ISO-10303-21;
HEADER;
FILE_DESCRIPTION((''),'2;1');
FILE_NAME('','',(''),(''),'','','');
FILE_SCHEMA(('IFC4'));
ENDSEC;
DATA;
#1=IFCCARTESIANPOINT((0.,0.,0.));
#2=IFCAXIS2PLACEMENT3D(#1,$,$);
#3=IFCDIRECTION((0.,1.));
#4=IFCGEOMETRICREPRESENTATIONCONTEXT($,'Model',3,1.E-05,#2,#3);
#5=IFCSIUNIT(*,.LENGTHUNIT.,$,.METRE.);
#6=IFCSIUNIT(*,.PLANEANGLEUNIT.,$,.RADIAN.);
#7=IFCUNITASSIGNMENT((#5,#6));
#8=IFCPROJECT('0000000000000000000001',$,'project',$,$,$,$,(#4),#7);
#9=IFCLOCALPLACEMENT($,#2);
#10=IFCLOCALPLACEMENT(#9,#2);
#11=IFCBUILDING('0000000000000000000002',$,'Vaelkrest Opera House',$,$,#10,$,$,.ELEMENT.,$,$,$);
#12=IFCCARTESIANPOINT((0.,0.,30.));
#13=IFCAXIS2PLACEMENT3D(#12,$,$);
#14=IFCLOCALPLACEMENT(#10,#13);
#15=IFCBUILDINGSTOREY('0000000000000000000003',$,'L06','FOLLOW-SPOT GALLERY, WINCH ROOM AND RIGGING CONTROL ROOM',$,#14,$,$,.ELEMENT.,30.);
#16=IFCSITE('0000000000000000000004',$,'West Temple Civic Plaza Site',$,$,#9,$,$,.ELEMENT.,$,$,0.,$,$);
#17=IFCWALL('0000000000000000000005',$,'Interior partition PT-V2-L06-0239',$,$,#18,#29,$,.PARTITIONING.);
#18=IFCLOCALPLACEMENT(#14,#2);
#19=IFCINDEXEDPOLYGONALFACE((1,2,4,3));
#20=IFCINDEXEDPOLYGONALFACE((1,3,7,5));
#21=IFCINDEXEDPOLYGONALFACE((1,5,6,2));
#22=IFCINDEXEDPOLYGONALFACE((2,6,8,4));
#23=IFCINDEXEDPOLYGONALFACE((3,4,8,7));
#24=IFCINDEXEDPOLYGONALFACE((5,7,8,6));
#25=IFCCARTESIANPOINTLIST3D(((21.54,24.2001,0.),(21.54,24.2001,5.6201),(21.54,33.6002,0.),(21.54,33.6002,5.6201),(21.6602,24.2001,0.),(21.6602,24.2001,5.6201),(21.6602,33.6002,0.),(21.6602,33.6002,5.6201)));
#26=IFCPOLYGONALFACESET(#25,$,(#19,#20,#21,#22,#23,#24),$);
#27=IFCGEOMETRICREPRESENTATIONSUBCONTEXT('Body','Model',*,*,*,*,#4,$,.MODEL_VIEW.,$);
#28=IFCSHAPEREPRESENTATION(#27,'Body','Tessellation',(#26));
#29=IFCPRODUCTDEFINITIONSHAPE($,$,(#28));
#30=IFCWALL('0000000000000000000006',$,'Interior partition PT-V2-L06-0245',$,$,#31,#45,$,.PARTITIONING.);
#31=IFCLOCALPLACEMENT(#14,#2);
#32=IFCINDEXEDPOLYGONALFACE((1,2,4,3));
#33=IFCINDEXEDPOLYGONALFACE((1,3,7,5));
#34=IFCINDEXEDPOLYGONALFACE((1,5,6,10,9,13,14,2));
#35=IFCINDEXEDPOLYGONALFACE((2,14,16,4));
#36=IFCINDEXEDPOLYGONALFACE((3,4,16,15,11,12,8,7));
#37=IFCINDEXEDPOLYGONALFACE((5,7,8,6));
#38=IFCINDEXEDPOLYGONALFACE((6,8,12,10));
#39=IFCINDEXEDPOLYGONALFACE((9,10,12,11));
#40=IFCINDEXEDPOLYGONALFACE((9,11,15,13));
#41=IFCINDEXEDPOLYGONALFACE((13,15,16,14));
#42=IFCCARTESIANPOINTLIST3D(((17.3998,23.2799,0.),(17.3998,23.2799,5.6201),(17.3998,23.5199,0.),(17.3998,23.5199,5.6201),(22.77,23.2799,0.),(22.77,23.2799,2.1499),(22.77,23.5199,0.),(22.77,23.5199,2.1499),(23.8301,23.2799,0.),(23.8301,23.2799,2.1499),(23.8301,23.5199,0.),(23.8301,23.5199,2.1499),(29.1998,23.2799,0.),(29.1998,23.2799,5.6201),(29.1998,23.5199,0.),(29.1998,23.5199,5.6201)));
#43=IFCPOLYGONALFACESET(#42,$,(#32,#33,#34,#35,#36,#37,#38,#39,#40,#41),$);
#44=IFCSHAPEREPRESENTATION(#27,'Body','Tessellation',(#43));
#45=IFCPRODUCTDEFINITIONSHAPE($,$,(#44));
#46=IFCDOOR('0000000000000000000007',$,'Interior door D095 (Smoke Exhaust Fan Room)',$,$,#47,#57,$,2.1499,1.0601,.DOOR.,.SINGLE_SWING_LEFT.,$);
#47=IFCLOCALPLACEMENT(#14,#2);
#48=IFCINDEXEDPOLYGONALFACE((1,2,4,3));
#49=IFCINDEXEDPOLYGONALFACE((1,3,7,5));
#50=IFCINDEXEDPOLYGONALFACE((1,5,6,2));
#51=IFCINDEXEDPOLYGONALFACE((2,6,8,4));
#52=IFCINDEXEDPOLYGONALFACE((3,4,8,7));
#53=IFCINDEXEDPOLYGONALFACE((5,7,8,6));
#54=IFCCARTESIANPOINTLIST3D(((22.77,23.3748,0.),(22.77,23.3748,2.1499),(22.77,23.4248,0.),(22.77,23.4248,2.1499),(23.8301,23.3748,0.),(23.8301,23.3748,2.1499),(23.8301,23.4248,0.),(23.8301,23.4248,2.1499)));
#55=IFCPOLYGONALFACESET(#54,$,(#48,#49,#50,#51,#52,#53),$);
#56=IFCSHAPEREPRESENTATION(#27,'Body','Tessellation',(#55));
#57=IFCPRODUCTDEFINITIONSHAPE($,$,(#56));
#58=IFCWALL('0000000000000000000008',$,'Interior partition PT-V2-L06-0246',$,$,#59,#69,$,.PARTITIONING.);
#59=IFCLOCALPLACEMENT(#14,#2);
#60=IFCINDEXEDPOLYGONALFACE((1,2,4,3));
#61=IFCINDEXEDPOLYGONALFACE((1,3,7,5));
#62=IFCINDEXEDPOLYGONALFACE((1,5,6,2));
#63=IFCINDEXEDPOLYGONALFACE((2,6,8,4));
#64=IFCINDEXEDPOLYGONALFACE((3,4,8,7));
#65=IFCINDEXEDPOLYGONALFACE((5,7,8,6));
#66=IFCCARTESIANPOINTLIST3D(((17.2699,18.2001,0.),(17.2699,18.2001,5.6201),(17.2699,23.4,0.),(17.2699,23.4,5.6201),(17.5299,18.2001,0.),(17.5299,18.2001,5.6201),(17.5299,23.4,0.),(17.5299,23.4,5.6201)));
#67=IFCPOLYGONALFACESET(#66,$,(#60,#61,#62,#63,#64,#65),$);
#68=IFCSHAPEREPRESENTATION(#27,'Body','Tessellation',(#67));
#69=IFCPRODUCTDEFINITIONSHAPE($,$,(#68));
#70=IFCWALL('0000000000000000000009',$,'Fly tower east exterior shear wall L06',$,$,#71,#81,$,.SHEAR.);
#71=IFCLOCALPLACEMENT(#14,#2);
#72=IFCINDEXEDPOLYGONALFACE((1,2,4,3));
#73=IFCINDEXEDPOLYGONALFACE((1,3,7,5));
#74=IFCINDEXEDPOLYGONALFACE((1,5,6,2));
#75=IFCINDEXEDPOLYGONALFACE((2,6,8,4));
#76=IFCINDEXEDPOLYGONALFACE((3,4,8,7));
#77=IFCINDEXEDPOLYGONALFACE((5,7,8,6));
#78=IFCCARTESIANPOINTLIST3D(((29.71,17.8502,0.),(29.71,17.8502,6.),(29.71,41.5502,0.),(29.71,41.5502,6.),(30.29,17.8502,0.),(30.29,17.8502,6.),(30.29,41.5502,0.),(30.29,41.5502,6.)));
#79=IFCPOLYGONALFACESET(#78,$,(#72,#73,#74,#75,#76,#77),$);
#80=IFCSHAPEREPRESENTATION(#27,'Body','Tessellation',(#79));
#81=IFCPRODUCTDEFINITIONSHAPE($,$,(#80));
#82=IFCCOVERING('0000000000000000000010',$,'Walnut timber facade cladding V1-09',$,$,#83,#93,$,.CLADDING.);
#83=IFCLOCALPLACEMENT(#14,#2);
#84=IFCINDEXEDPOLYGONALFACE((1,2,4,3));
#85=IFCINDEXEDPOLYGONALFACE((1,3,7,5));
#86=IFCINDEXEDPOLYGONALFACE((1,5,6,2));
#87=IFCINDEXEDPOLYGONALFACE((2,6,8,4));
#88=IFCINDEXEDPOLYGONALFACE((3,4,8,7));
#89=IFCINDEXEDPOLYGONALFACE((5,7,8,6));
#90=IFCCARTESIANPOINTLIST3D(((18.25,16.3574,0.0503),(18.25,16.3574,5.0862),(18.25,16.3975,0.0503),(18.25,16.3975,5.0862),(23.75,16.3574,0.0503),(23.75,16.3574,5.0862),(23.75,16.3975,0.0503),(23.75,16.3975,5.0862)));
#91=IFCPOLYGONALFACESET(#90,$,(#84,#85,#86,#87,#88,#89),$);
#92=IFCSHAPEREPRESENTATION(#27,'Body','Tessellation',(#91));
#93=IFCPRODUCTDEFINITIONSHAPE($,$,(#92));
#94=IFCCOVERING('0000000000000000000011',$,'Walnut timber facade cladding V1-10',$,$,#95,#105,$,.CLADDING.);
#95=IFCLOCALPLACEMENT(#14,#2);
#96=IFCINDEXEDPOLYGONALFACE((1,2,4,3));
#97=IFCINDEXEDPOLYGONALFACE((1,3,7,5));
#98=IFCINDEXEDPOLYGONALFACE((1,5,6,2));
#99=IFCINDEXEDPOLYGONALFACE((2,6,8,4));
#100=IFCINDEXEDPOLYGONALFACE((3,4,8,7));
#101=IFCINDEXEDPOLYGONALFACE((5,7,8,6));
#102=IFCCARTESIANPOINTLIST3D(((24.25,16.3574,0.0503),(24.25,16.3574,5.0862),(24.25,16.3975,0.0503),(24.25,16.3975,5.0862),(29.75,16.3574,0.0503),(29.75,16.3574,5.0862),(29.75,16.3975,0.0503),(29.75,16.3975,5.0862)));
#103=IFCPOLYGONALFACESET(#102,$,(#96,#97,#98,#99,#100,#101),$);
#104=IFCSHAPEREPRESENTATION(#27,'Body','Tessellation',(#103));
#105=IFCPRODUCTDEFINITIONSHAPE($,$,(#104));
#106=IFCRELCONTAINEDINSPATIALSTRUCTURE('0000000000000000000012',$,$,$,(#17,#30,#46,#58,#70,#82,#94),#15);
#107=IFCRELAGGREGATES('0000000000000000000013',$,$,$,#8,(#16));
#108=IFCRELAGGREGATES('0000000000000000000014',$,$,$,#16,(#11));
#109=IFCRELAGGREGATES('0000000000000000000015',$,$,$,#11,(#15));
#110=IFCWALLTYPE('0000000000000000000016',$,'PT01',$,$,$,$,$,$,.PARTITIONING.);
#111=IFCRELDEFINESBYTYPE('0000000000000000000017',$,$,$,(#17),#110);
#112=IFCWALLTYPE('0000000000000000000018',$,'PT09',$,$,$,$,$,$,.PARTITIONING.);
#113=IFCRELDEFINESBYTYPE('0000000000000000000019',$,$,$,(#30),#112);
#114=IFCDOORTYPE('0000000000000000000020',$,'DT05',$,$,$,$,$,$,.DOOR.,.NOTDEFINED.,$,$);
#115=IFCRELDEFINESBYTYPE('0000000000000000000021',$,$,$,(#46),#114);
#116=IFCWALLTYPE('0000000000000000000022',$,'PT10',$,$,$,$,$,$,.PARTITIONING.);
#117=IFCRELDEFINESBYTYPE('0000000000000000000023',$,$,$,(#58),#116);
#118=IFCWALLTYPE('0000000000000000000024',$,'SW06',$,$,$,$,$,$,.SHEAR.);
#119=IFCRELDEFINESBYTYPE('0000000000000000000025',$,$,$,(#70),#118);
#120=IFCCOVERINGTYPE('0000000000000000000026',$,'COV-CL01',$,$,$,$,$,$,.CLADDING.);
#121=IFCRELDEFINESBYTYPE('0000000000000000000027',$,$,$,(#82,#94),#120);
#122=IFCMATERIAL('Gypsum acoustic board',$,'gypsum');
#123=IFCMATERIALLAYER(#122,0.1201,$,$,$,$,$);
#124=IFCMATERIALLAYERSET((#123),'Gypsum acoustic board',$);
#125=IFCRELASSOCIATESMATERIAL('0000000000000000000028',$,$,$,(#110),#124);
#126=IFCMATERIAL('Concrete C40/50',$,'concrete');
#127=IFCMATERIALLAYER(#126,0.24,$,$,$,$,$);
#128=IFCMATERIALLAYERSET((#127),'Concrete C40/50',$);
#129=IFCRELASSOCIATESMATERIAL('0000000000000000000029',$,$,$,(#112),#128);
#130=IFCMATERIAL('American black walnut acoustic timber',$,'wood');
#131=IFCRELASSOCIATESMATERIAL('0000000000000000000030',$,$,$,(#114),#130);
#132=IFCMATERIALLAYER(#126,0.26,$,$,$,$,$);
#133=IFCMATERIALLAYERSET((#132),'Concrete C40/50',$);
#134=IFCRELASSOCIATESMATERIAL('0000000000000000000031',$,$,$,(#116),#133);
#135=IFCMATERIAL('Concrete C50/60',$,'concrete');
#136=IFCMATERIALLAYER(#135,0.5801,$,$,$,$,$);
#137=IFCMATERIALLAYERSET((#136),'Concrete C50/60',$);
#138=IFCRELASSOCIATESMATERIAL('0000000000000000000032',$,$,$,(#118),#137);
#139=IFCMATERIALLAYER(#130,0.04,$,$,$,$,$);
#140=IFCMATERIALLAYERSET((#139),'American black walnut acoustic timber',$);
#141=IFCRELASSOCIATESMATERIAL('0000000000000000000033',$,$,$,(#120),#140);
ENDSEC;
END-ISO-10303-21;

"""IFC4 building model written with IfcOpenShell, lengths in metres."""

from ifc_helpers import new_model, si_unit, direction, frame, frame_2d, origin, origin_2d, place, context, subcontext, project, spatial, rectangle, extrude, material, layer, layer_set, type_object, element, fill, save


model = new_model("IFC4")

# Units and contexts
model_context = context("Model", 3, precision=1e-05, world=origin(), true_north=direction((0.0, 1.0)))
body_context = subcontext(model_context, "Body", "Model", "MODEL_VIEW")
ifc_project = project(units=[si_unit("LENGTHUNIT", "METRE"), si_unit("PLANEANGLEUNIT", "RADIAN")], contexts=[model_context])

# Site, building, storey
site_placement = place(None, origin())
site = spatial("IfcSite", under=ifc_project, at=site_placement, Name="West Temple Civic Plaza Site", CompositionType="ELEMENT", RefElevation=0.0)
building_placement = place(site_placement, origin())
building = spatial("IfcBuilding", under=site, at=building_placement, Name="Vaelkrest Opera House", CompositionType="ELEMENT")
storey_placement = place(building_placement, frame((0.0, 0.0, 30.0)))
storey = spatial("IfcBuildingStorey", under=building, at=storey_placement, Name="L06", Description="FOLLOW-SPOT GALLERY, WINCH ROOM AND RIGGING CONTROL ROOM", CompositionType="ELEMENT", Elevation=30.0)

# Shared definitions
ifc_material_1 = material(Name="Concrete C50/60", Category="concrete")

# Wall
ifc_material_2 = material(Name="American black walnut acoustic timber", Category="wood")
ifc_material_3 = material(Name="Gypsum acoustic board", Category="gypsum")
ifc_layer_1 = layer(ifc_material_3, 0.1201)
ifc_layer_set_1 = layer_set([ifc_layer_1], Name="Gypsum acoustic board")
wall_type_1 = type_object("IfcWallType", Name="PT01", PredefinedType="PARTITIONING", material=ifc_layer_set_1)
wall_1_placement = place(storey_placement, frame((21.6001, 24.2, 0.0), z_axis=(0.0, 0.0, 1.0), x_axis=(0.0, 1.0, 0.0)))
element("IfcWall", 1, at=wall_1_placement, inside=storey, type_object=wall_type_1, Name="Interior partition PT-V2-L06-0239", PredefinedType="PARTITIONING", context=body_context, shape_type="SweptSolid", body=[
    extrude(rectangle(XDim=9.4001, YDim=0.1201, at=frame_2d((4.7002, 0.0))), origin(), (0.0, 0.0, 1.0), 5.6201),
])

# Wall, opening, door
ifc_material_4 = material(Name="Concrete C40/50", Category="concrete")
ifc_layer_2 = layer(ifc_material_4, 0.24)
ifc_layer_set_2 = layer_set([ifc_layer_2], Name="Concrete C40/50")
wall_type_2 = type_object("IfcWallType", Name="PT09", PredefinedType="PARTITIONING", material=ifc_layer_set_2)
wall_2_placement = place(storey_placement, frame((17.3999, 23.3999, 0.0), z_axis=(0.0, 0.0, 1.0), x_axis=(1.0, 0.0, 0.0)))
wall_2 = element("IfcWall", 2, at=wall_2_placement, inside=storey, type_object=wall_type_2, Name="Interior partition PT-V2-L06-0245", PredefinedType="PARTITIONING", context=body_context, shape_type="SweptSolid", body=[
    extrude(rectangle(XDim=11.8, YDim=0.24, at=frame_2d((5.8999, 0.0))), origin(), (0.0, 0.0, 1.0), 5.6201),
])
opening_placement = place(wall_2_placement, frame((5.3701, 0.0, 0.0)))
opening = element("IfcOpeningElement", 3, at=opening_placement, cuts=wall_2, PredefinedType="OPENING", context=body_context, shape_type="SweptSolid", body=[
    extrude(rectangle(XDim=1.0601, YDim=2.1499, at=frame_2d((0.53, 1.075))), frame((0.0, 0.1299, 0.0), z_axis=(0.0, -1.0, 0.0), x_axis=(1.0, 0.0, 0.0)), (0.0, 0.0, 1.0), 0.26),
])
door_type = type_object("IfcDoorType", Name="DT05", OperationType="NOTDEFINED", PredefinedType="DOOR", material=ifc_material_2)
door_placement = place(opening_placement, origin())
door = element("IfcDoor", 4, at=door_placement, inside=storey, type_object=door_type, Name="Interior door D095 (Smoke Exhaust Fan Room)", OperationType="SINGLE_SWING_LEFT", OverallHeight=2.1499, OverallWidth=1.0601, PredefinedType="DOOR", context=body_context, shape_type="SweptSolid", body=[
    extrude(rectangle(XDim=1.0601, YDim=2.1499, at=frame_2d((0.53, 1.075))), frame((0.0, 0.0249, 0.0), z_axis=(0.0, -1.0, 0.0), x_axis=(1.0, 0.0, 0.0)), (0.0, 0.0, 1.0), 0.05),
])
fill(opening, door)

# Walls
ifc_layer_3 = layer(ifc_material_4, 0.26)
ifc_layer_set_3 = layer_set([ifc_layer_3], Name="Concrete C40/50")
wall_type_3 = type_object("IfcWallType", Name="PT10", PredefinedType="PARTITIONING", material=ifc_layer_set_3)
wall_3_placement = place(storey_placement, frame((17.3999, 18.2, 0.0), z_axis=(0.0, 0.0, 1.0), x_axis=(0.0, 1.0, 0.0)))
element("IfcWall", 5, at=wall_3_placement, inside=storey, type_object=wall_type_3, Name="Interior partition PT-V2-L06-0246", PredefinedType="PARTITIONING", context=body_context, shape_type="SweptSolid", body=[
    extrude(rectangle(XDim=5.2, YDim=0.26, at=frame_2d((2.6001, 0.0))), origin(), (0.0, 0.0, 1.0), 5.6201),
])
ifc_layer_4 = layer(ifc_material_1, 0.5801)
ifc_layer_set_4 = layer_set([ifc_layer_4], Name="Concrete C50/60")
wall_type_4 = type_object("IfcWallType", Name="SW06", PredefinedType="SHEAR", material=ifc_layer_set_4)
wall_4_placement = place(storey_placement, frame((30.0, 17.8501, 0.0), z_axis=(0.0, 0.0, 1.0), x_axis=(0.0, 1.0, 0.0)))
element("IfcWall", 6, at=wall_4_placement, inside=storey, type_object=wall_type_4, Name="Fly tower east exterior shear wall L06", PredefinedType="SHEAR", context=body_context, shape_type="SweptSolid", body=[
    extrude(rectangle(XDim=23.7, YDim=0.5801, at=frame_2d((11.8501, 0.0))), origin(), (0.0, 0.0, 1.0), 6.0),
])

# Coverings
ifc_layer_5 = layer(ifc_material_2, 0.04)
ifc_layer_set_5 = layer_set([ifc_layer_5], Name="American black walnut acoustic timber")
covering_type = type_object("IfcCoveringType", Name="COV-CL01", PredefinedType="CLADDING", material=ifc_layer_set_5)
for number, where, z_axis, x_axis, name in (
    (7, (21.0, 16.3774, 0.0503), (0.0, 0.0, 1.0), (1.0, 0.0, 0.0), "Walnut timber facade cladding V1-09"),
    (8, (27.0, 16.3774, 0.0503), (0.0, 0.0, 1.0), (1.0, 0.0, 0.0), "Walnut timber facade cladding V1-10"),
):
    element("IfcCovering", number, at=place(storey_placement, frame(where, z_axis=z_axis, x_axis=x_axis)), inside=storey, type_object=covering_type, Name=name, PredefinedType="CLADDING", context=body_context, shape_type="SweptSolid", body=[
        extrude(rectangle(XDim=5.5, YDim=0.04, at=origin_2d()), origin(), (0.0, 0.0, 1.0), 5.0359),
    ])

save(model, "model.ifc")
